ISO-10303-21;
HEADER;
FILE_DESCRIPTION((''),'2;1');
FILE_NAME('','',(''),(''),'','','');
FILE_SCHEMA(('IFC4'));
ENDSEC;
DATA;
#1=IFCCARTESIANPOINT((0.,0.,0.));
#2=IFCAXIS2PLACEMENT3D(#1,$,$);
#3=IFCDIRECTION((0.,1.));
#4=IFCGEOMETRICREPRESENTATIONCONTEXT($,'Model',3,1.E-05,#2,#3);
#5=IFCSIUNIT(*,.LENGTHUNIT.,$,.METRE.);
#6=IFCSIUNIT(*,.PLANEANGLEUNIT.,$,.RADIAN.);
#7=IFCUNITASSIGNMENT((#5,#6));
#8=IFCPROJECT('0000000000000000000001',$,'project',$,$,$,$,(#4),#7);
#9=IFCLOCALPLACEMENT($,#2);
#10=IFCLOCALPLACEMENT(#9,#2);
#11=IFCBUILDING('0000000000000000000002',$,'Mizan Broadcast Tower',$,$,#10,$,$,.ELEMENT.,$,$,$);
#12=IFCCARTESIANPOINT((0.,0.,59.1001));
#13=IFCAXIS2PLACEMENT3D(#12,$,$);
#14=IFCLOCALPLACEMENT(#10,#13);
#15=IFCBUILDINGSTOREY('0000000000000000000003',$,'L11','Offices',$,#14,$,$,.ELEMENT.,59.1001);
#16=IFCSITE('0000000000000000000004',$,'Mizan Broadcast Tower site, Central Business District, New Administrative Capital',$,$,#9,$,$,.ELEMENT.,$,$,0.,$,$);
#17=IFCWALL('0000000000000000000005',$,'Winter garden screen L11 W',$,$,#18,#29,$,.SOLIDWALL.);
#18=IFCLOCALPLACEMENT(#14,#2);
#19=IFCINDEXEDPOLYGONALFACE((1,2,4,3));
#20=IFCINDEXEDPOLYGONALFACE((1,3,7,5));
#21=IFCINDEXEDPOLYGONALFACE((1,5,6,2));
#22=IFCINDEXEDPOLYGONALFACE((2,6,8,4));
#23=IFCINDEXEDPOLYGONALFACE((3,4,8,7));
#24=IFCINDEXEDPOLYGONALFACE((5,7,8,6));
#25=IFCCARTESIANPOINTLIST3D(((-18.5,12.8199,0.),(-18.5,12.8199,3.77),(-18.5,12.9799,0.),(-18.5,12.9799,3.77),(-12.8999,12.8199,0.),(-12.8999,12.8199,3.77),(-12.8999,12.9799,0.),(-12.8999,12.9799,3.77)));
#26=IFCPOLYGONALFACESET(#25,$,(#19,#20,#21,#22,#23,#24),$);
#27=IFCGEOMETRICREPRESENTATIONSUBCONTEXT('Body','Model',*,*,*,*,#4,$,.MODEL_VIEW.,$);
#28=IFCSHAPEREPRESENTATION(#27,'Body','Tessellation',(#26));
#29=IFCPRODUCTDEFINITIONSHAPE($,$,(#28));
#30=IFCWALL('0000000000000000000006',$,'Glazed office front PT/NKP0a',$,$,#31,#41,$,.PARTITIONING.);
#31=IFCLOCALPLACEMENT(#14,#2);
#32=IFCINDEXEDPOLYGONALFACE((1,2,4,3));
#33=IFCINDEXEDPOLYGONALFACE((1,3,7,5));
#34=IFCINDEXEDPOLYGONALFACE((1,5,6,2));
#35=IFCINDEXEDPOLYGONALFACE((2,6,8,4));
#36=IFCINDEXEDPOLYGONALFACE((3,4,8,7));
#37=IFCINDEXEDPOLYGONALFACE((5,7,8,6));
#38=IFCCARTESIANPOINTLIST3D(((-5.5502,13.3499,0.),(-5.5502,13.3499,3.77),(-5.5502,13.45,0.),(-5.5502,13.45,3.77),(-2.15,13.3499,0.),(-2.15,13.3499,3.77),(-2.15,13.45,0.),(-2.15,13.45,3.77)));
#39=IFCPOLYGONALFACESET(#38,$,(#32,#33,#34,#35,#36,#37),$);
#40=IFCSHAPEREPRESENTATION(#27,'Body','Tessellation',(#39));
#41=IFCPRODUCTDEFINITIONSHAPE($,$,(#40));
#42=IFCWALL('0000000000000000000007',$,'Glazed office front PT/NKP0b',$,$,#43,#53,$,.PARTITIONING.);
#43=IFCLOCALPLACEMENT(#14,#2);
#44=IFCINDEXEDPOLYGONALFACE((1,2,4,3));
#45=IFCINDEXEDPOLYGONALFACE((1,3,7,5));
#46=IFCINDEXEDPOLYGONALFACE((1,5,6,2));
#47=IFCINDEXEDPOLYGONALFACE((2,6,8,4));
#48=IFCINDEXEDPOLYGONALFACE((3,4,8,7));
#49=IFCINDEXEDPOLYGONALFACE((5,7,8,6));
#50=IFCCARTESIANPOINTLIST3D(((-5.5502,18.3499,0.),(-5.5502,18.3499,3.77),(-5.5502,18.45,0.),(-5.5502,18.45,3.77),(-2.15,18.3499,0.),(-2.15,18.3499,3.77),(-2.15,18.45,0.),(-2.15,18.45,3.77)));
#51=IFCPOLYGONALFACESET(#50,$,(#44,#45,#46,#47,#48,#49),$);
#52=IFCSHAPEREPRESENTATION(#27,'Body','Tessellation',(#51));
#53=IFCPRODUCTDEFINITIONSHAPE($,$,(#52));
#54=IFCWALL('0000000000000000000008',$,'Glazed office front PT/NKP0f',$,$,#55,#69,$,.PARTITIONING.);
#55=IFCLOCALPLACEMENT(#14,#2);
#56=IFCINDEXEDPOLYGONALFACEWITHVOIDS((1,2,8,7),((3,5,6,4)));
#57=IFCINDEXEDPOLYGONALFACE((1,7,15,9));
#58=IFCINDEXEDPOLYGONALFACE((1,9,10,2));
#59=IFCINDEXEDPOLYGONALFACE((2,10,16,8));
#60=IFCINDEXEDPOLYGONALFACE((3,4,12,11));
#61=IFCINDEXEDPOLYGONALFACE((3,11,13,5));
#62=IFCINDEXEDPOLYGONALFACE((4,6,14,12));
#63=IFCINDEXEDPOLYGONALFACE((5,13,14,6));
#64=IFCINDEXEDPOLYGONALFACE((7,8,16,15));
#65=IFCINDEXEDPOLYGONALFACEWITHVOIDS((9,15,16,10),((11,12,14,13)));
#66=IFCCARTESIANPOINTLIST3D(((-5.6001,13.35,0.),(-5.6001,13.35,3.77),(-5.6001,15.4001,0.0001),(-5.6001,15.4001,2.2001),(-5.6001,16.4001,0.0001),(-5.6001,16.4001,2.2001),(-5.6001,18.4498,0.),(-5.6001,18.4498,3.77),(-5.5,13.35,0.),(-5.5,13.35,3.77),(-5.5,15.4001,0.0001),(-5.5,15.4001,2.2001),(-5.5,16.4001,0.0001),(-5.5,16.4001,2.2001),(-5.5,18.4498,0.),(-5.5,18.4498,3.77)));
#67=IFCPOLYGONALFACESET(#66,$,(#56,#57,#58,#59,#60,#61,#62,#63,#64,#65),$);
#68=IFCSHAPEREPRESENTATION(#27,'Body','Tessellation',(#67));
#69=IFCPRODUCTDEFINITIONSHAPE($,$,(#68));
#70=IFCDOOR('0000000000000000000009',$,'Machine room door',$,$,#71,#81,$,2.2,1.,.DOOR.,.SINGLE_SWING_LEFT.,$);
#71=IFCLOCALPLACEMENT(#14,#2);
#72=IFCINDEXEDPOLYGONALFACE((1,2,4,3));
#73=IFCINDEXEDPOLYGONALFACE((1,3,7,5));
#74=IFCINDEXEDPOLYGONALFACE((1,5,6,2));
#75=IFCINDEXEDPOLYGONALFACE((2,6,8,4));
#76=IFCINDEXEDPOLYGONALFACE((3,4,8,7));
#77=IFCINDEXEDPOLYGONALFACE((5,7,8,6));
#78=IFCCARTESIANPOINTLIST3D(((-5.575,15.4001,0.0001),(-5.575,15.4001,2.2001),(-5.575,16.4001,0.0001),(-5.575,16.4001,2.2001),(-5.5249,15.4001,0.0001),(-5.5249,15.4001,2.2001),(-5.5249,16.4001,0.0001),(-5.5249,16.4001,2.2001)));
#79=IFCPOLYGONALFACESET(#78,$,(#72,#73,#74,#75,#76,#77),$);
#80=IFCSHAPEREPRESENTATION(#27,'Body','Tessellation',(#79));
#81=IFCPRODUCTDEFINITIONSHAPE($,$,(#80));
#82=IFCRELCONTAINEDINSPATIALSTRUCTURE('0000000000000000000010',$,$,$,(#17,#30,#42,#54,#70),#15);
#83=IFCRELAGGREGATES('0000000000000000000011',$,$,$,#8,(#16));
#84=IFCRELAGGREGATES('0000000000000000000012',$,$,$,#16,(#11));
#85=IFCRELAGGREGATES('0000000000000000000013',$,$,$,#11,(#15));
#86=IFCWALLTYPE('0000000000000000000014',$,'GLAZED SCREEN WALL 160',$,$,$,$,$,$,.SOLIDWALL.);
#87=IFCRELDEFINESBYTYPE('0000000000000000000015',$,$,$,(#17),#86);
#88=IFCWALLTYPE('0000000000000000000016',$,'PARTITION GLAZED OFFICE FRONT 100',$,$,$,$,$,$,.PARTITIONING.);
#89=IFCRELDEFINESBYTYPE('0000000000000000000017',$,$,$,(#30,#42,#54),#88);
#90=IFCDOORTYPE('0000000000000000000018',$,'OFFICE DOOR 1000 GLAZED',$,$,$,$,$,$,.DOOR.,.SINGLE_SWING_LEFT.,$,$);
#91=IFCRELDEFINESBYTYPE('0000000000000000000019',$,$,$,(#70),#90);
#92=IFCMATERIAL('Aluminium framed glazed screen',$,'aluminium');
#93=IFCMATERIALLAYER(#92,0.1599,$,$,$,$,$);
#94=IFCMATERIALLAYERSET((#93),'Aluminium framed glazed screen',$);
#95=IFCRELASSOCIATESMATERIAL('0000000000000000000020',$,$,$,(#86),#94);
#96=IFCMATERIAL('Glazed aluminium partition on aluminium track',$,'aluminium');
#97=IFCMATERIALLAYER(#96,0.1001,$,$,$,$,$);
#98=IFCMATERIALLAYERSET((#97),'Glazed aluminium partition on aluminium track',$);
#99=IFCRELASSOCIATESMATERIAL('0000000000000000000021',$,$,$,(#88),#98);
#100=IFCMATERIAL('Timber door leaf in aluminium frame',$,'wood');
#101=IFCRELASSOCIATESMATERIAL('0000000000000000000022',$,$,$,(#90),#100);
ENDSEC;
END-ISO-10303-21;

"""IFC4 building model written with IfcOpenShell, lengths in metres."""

from ifc_helpers import new_model, si_unit, direction, frame, frame_2d, origin, place, context, subcontext, project, spatial, rectangle, extrude, material, layer, layer_set, type_object, element, fill, save


model = new_model("IFC4")

# Units and contexts
model_context = context("Model", 3, precision=1e-05, world=origin(), true_north=direction((0.0, 1.0)))
body_context = subcontext(model_context, "Body", "Model", "MODEL_VIEW")
ifc_project = project(units=[si_unit("LENGTHUNIT", "METRE"), si_unit("PLANEANGLEUNIT", "RADIAN")], contexts=[model_context])

# Site, building, storey
site_placement = place(None, origin())
site = spatial("IfcSite", under=ifc_project, at=site_placement, Name="Mizan Broadcast Tower site, Central Business District, New Administrative Capital", CompositionType="ELEMENT", RefElevation=0.0)
building_placement = place(site_placement, origin())
building = spatial("IfcBuilding", under=site, at=building_placement, Name="Mizan Broadcast Tower", CompositionType="ELEMENT")
storey_placement = place(building_placement, frame((0.0, 0.0, 59.1001)))
storey = spatial("IfcBuildingStorey", under=building, at=storey_placement, Name="L11", Description="Offices", CompositionType="ELEMENT", Elevation=59.1001)

# Shared definitions
ifc_material_1 = material(Name="Aluminium framed glazed screen", Category="aluminium")
ifc_layer_1 = layer(ifc_material_1, 0.1599)
ifc_layer_set_1 = layer_set([ifc_layer_1], Name="Aluminium framed glazed screen")
wall_type_1 = type_object("IfcWallType", Name="GLAZED SCREEN WALL 160", PredefinedType="SOLIDWALL", material=ifc_layer_set_1)

# Walls
wall_1_placement = place(storey_placement, frame((-12.8999, 12.8999, 0.0), z_axis=(0.0, 0.0, 1.0), x_axis=(-1.0, 0.0, 0.0)))
element("IfcWall", 1, at=wall_1_placement, inside=storey, type_object=wall_type_1, Name="Winter garden screen L11 W", PredefinedType="SOLIDWALL", context=body_context, shape_type="SweptSolid", body=[
    extrude(rectangle(XDim=5.6001, YDim=0.1599, at=frame_2d((2.8, 0.0))), origin(), (0.0, 0.0, 1.0), 3.77),
])
ifc_material_2 = material(Name="Glazed aluminium partition on aluminium track", Category="aluminium")
ifc_layer_2 = layer(ifc_material_2, 0.1001)
ifc_layer_set_2 = layer_set([ifc_layer_2], Name="Glazed aluminium partition on aluminium track")
wall_type_2 = type_object("IfcWallType", Name="PARTITION GLAZED OFFICE FRONT 100", PredefinedType="PARTITIONING", material=ifc_layer_set_2)
for number, where, z_axis, x_axis, name in (
    (2, (-2.1499, 13.3999, 0.0), (0.0, 0.0, 1.0), (-1.0, 0.0, 0.0), "Glazed office front PT/NKP0a"),
    (3, (-2.1499, 18.3999, 0.0), (0.0, 0.0, 1.0), (-1.0, 0.0, 0.0), "Glazed office front PT/NKP0b"),
):
    element("IfcWall", number, at=place(storey_placement, frame(where, z_axis=z_axis, x_axis=x_axis)), inside=storey, type_object=wall_type_2, Name=name, PredefinedType="PARTITIONING", context=body_context, shape_type="SweptSolid", body=[
        extrude(rectangle(XDim=3.4001, YDim=0.1001, at=frame_2d((1.7002, 0.0))), origin(), (0.0, 0.0, 1.0), 3.77),
    ])

# Wall, opening, door
wall_2_placement = place(storey_placement, frame((-5.55, 13.3501, 0.0), z_axis=(0.0, 0.0, 1.0), x_axis=(0.0, 1.0, 0.0)))
wall_2 = element("IfcWall", 4, at=wall_2_placement, inside=storey, type_object=wall_type_2, Name="Glazed office front PT/NKP0f", PredefinedType="PARTITIONING", context=body_context, shape_type="SweptSolid", body=[
    extrude(rectangle(XDim=5.0999, YDim=0.1001, at=frame_2d((2.5498, 0.0))), origin(), (0.0, 0.0, 1.0), 3.77),
])
opening_1_placement = place(wall_2_placement, frame((2.05, 0.0, 0.0)))
opening_1 = element("IfcOpeningElement", 5, at=opening_1_placement, cuts=wall_2, PredefinedType="OPENING", context=body_context, shape_type="SweptSolid", body=[
    extrude(rectangle(XDim=1.0, YDim=2.2, at=frame_2d((0.5, 1.1001))), frame((0.0, 0.0601, 0.0), z_axis=(0.0, -1.0, 0.0), x_axis=(1.0, 0.0, 0.0)), (0.0, 0.0, 1.0), 0.1201),
])
ifc_material_3 = material(Name="Timber door leaf in aluminium frame", Category="wood")
door_type_1 = type_object("IfcDoorType", Name="OFFICE DOOR 1000 GLAZED", OperationType="SINGLE_SWING_LEFT", PredefinedType="DOOR", material=ifc_material_3)
door_1_placement = place(opening_1_placement, origin())
door_1 = element("IfcDoor", 6, at=door_1_placement, inside=storey, type_object=door_type_1, Name="Machine room door", OperationType="SINGLE_SWING_LEFT", OverallHeight=2.2, OverallWidth=1.0, PredefinedType="DOOR", context=body_context, shape_type="SweptSolid", body=[
    extrude(rectangle(XDim=1.0, YDim=2.2, at=frame_2d((0.5, 1.1001))), frame((0.0, 0.0249, 0.0), z_axis=(0.0, -1.0, 0.0), x_axis=(1.0, 0.0, 0.0)), (0.0, 0.0, 1.0), 0.05),
])
fill(opening_1, door_1)

save(model, "model.ifc")
